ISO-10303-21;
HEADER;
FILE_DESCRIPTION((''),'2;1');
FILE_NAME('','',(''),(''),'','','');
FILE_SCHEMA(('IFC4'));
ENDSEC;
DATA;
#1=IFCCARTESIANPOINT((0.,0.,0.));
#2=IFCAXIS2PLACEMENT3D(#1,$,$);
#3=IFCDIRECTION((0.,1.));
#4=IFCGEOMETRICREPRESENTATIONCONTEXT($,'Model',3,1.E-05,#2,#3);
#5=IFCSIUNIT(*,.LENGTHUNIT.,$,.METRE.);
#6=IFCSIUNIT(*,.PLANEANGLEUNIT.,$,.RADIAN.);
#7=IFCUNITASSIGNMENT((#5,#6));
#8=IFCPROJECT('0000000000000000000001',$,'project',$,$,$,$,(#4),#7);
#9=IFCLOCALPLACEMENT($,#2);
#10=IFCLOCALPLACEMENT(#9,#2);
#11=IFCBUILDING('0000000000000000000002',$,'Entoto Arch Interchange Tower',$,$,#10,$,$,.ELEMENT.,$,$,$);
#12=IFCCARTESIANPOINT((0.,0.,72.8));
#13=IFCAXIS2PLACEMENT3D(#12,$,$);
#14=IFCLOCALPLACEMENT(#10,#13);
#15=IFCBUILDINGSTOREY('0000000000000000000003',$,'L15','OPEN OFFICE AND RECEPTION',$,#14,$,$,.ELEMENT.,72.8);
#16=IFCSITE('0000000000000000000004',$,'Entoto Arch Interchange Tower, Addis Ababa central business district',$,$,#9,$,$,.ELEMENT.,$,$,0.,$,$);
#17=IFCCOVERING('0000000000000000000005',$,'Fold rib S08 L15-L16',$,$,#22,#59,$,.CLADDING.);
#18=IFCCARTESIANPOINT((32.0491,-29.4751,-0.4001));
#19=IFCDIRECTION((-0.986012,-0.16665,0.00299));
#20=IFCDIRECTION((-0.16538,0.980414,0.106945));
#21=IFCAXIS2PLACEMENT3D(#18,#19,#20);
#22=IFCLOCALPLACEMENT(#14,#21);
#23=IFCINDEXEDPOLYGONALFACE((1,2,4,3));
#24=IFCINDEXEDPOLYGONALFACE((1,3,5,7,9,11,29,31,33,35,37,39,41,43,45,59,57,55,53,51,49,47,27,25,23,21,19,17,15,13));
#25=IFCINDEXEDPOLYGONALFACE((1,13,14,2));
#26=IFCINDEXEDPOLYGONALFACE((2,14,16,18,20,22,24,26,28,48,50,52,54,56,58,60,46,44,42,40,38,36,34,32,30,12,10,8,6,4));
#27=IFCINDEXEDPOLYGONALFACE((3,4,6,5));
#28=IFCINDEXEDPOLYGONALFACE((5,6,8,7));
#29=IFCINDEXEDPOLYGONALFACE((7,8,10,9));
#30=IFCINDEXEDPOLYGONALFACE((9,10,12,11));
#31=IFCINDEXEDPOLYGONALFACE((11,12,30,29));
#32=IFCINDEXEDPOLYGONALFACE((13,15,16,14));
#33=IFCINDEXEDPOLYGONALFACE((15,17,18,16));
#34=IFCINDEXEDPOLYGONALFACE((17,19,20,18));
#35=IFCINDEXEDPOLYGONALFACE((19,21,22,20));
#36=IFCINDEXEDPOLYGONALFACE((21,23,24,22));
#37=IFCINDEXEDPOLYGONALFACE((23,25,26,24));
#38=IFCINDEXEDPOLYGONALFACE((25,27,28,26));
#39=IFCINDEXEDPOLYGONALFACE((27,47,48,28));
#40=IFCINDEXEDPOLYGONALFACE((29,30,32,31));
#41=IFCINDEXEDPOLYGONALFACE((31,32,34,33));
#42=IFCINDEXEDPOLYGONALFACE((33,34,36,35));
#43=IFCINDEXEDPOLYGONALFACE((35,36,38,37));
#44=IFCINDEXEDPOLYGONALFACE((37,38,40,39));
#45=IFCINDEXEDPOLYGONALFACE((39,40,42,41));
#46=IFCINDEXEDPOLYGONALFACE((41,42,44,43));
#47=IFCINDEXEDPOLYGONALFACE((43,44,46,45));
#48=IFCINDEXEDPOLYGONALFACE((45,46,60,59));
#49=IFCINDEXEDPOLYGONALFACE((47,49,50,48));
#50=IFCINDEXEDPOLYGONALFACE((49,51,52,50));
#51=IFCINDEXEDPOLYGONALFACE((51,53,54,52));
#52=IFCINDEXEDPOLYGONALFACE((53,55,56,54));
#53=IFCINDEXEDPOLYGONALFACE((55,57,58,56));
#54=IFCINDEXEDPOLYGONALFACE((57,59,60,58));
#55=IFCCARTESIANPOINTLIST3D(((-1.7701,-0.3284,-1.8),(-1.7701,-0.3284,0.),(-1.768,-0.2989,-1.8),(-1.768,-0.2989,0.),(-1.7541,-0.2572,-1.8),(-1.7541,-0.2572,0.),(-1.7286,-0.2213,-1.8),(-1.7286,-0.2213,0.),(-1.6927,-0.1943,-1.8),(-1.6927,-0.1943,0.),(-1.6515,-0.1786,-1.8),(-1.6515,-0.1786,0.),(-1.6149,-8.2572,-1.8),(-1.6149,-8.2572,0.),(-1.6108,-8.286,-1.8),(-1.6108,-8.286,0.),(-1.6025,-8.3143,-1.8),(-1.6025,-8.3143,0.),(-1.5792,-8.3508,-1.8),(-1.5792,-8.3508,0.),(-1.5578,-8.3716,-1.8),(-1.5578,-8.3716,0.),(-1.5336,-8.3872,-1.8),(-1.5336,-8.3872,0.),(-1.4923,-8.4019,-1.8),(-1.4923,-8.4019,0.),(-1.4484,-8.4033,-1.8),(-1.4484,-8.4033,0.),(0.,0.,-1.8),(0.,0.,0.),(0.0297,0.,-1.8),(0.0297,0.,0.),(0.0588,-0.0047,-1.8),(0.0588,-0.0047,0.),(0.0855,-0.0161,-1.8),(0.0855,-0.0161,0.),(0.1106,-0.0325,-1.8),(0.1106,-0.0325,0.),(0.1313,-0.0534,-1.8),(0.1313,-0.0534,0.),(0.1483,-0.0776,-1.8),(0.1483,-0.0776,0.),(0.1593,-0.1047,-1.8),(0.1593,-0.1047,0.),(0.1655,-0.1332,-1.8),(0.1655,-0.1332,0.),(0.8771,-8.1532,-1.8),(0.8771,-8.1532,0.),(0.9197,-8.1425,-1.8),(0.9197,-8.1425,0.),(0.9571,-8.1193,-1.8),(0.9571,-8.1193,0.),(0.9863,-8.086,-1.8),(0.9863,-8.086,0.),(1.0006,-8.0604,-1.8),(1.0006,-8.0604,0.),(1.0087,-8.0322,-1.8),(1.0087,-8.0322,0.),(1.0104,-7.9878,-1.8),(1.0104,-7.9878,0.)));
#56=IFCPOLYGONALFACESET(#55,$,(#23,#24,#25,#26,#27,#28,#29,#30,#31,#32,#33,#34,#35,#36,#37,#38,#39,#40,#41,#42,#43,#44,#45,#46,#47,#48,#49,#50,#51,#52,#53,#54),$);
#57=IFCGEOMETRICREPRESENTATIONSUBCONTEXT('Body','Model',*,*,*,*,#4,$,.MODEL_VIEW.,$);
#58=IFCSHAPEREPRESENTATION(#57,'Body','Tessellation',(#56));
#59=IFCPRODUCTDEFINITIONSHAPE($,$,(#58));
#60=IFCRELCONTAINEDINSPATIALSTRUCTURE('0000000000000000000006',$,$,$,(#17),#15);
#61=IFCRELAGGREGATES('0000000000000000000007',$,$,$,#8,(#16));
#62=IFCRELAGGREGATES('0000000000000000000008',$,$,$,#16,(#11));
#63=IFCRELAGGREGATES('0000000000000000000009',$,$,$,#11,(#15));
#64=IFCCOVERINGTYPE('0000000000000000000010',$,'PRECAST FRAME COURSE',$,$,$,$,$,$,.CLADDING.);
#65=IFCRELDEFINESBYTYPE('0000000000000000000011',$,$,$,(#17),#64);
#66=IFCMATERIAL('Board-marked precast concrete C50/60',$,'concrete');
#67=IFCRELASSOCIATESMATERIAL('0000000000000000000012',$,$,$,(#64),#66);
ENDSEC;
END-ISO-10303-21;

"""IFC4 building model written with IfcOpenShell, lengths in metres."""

from ifc_helpers import new_model, si_unit, direction, frame, origin, place, context, subcontext, project, spatial, polyline, outline, extrude, material, type_object, element, save


model = new_model("IFC4")

# Units and contexts
model_context = context("Model", 3, precision=1e-05, world=origin(), true_north=direction((0.0, 1.0)))
body_context = subcontext(model_context, "Body", "Model", "MODEL_VIEW")
ifc_project = project(units=[si_unit("LENGTHUNIT", "METRE"), si_unit("PLANEANGLEUNIT", "RADIAN")], contexts=[model_context])

# Site, building, storey
site_placement = place(None, origin())
site = spatial("IfcSite", under=ifc_project, at=site_placement, Name="Entoto Arch Interchange Tower, Addis Ababa central business district", CompositionType="ELEMENT", RefElevation=0.0)
building_placement = place(site_placement, origin())
building = spatial("IfcBuilding", under=site, at=building_placement, Name="Entoto Arch Interchange Tower", CompositionType="ELEMENT")
storey_placement = place(building_placement, frame((0.0, 0.0, 72.8)))
storey = spatial("IfcBuildingStorey", under=building, at=storey_placement, Name="L15", Description="OPEN OFFICE AND RECEPTION", CompositionType="ELEMENT", Elevation=72.8)

# Covering
ifc_material_1 = material(Name="Board-marked precast concrete C50/60", Category="concrete")
covering_type = type_object("IfcCoveringType", Name="PRECAST FRAME COURSE", PredefinedType="CLADDING", material=ifc_material_1)
covering_1_placement = place(storey_placement, frame((32.0491, -29.4751, -0.4001), z_axis=(-0.986012, -0.16665, 0.00299), x_axis=(-0.16538, 0.980414, 0.106945)))
element("IfcCovering", 1, at=covering_1_placement, inside=storey, type_object=covering_type, Name="Fold rib S08 L15-L16", PredefinedType="CLADDING", context=body_context, shape_type="SweptSolid", body=[
    extrude(outline(polyline([(0.0, 0.0), (0.0297, 0.0), (0.0588, -0.0047), (0.0855, -0.0161), (0.1106, -0.0325), (0.1313, -0.0534), (0.1483, -0.0776), (0.1593, -0.1047), (0.1655, -0.1332), (1.0104, -7.9878), (1.0087, -8.0322), (1.0006, -8.0604), (0.9863, -8.086), (0.9571, -8.1193), (0.9197, -8.1425), (0.8771, -8.1532), (-1.4484, -8.4033), (-1.4923, -8.4019), (-1.5336, -8.3872), (-1.5578, -8.3716), (-1.5792, -8.3508), (-1.6025, -8.3143), (-1.6108, -8.286), (-1.6149, -8.2572), (-1.7701, -0.3284), (-1.768, -0.2989), (-1.7541, -0.2572), (-1.7286, -0.2213), (-1.6927, -0.1943), (-1.6515, -0.1786), (0.0, 0.0)])), origin(), (0.0, 0.0, -1.0), 1.8),
])

save(model, "model.ifc")
